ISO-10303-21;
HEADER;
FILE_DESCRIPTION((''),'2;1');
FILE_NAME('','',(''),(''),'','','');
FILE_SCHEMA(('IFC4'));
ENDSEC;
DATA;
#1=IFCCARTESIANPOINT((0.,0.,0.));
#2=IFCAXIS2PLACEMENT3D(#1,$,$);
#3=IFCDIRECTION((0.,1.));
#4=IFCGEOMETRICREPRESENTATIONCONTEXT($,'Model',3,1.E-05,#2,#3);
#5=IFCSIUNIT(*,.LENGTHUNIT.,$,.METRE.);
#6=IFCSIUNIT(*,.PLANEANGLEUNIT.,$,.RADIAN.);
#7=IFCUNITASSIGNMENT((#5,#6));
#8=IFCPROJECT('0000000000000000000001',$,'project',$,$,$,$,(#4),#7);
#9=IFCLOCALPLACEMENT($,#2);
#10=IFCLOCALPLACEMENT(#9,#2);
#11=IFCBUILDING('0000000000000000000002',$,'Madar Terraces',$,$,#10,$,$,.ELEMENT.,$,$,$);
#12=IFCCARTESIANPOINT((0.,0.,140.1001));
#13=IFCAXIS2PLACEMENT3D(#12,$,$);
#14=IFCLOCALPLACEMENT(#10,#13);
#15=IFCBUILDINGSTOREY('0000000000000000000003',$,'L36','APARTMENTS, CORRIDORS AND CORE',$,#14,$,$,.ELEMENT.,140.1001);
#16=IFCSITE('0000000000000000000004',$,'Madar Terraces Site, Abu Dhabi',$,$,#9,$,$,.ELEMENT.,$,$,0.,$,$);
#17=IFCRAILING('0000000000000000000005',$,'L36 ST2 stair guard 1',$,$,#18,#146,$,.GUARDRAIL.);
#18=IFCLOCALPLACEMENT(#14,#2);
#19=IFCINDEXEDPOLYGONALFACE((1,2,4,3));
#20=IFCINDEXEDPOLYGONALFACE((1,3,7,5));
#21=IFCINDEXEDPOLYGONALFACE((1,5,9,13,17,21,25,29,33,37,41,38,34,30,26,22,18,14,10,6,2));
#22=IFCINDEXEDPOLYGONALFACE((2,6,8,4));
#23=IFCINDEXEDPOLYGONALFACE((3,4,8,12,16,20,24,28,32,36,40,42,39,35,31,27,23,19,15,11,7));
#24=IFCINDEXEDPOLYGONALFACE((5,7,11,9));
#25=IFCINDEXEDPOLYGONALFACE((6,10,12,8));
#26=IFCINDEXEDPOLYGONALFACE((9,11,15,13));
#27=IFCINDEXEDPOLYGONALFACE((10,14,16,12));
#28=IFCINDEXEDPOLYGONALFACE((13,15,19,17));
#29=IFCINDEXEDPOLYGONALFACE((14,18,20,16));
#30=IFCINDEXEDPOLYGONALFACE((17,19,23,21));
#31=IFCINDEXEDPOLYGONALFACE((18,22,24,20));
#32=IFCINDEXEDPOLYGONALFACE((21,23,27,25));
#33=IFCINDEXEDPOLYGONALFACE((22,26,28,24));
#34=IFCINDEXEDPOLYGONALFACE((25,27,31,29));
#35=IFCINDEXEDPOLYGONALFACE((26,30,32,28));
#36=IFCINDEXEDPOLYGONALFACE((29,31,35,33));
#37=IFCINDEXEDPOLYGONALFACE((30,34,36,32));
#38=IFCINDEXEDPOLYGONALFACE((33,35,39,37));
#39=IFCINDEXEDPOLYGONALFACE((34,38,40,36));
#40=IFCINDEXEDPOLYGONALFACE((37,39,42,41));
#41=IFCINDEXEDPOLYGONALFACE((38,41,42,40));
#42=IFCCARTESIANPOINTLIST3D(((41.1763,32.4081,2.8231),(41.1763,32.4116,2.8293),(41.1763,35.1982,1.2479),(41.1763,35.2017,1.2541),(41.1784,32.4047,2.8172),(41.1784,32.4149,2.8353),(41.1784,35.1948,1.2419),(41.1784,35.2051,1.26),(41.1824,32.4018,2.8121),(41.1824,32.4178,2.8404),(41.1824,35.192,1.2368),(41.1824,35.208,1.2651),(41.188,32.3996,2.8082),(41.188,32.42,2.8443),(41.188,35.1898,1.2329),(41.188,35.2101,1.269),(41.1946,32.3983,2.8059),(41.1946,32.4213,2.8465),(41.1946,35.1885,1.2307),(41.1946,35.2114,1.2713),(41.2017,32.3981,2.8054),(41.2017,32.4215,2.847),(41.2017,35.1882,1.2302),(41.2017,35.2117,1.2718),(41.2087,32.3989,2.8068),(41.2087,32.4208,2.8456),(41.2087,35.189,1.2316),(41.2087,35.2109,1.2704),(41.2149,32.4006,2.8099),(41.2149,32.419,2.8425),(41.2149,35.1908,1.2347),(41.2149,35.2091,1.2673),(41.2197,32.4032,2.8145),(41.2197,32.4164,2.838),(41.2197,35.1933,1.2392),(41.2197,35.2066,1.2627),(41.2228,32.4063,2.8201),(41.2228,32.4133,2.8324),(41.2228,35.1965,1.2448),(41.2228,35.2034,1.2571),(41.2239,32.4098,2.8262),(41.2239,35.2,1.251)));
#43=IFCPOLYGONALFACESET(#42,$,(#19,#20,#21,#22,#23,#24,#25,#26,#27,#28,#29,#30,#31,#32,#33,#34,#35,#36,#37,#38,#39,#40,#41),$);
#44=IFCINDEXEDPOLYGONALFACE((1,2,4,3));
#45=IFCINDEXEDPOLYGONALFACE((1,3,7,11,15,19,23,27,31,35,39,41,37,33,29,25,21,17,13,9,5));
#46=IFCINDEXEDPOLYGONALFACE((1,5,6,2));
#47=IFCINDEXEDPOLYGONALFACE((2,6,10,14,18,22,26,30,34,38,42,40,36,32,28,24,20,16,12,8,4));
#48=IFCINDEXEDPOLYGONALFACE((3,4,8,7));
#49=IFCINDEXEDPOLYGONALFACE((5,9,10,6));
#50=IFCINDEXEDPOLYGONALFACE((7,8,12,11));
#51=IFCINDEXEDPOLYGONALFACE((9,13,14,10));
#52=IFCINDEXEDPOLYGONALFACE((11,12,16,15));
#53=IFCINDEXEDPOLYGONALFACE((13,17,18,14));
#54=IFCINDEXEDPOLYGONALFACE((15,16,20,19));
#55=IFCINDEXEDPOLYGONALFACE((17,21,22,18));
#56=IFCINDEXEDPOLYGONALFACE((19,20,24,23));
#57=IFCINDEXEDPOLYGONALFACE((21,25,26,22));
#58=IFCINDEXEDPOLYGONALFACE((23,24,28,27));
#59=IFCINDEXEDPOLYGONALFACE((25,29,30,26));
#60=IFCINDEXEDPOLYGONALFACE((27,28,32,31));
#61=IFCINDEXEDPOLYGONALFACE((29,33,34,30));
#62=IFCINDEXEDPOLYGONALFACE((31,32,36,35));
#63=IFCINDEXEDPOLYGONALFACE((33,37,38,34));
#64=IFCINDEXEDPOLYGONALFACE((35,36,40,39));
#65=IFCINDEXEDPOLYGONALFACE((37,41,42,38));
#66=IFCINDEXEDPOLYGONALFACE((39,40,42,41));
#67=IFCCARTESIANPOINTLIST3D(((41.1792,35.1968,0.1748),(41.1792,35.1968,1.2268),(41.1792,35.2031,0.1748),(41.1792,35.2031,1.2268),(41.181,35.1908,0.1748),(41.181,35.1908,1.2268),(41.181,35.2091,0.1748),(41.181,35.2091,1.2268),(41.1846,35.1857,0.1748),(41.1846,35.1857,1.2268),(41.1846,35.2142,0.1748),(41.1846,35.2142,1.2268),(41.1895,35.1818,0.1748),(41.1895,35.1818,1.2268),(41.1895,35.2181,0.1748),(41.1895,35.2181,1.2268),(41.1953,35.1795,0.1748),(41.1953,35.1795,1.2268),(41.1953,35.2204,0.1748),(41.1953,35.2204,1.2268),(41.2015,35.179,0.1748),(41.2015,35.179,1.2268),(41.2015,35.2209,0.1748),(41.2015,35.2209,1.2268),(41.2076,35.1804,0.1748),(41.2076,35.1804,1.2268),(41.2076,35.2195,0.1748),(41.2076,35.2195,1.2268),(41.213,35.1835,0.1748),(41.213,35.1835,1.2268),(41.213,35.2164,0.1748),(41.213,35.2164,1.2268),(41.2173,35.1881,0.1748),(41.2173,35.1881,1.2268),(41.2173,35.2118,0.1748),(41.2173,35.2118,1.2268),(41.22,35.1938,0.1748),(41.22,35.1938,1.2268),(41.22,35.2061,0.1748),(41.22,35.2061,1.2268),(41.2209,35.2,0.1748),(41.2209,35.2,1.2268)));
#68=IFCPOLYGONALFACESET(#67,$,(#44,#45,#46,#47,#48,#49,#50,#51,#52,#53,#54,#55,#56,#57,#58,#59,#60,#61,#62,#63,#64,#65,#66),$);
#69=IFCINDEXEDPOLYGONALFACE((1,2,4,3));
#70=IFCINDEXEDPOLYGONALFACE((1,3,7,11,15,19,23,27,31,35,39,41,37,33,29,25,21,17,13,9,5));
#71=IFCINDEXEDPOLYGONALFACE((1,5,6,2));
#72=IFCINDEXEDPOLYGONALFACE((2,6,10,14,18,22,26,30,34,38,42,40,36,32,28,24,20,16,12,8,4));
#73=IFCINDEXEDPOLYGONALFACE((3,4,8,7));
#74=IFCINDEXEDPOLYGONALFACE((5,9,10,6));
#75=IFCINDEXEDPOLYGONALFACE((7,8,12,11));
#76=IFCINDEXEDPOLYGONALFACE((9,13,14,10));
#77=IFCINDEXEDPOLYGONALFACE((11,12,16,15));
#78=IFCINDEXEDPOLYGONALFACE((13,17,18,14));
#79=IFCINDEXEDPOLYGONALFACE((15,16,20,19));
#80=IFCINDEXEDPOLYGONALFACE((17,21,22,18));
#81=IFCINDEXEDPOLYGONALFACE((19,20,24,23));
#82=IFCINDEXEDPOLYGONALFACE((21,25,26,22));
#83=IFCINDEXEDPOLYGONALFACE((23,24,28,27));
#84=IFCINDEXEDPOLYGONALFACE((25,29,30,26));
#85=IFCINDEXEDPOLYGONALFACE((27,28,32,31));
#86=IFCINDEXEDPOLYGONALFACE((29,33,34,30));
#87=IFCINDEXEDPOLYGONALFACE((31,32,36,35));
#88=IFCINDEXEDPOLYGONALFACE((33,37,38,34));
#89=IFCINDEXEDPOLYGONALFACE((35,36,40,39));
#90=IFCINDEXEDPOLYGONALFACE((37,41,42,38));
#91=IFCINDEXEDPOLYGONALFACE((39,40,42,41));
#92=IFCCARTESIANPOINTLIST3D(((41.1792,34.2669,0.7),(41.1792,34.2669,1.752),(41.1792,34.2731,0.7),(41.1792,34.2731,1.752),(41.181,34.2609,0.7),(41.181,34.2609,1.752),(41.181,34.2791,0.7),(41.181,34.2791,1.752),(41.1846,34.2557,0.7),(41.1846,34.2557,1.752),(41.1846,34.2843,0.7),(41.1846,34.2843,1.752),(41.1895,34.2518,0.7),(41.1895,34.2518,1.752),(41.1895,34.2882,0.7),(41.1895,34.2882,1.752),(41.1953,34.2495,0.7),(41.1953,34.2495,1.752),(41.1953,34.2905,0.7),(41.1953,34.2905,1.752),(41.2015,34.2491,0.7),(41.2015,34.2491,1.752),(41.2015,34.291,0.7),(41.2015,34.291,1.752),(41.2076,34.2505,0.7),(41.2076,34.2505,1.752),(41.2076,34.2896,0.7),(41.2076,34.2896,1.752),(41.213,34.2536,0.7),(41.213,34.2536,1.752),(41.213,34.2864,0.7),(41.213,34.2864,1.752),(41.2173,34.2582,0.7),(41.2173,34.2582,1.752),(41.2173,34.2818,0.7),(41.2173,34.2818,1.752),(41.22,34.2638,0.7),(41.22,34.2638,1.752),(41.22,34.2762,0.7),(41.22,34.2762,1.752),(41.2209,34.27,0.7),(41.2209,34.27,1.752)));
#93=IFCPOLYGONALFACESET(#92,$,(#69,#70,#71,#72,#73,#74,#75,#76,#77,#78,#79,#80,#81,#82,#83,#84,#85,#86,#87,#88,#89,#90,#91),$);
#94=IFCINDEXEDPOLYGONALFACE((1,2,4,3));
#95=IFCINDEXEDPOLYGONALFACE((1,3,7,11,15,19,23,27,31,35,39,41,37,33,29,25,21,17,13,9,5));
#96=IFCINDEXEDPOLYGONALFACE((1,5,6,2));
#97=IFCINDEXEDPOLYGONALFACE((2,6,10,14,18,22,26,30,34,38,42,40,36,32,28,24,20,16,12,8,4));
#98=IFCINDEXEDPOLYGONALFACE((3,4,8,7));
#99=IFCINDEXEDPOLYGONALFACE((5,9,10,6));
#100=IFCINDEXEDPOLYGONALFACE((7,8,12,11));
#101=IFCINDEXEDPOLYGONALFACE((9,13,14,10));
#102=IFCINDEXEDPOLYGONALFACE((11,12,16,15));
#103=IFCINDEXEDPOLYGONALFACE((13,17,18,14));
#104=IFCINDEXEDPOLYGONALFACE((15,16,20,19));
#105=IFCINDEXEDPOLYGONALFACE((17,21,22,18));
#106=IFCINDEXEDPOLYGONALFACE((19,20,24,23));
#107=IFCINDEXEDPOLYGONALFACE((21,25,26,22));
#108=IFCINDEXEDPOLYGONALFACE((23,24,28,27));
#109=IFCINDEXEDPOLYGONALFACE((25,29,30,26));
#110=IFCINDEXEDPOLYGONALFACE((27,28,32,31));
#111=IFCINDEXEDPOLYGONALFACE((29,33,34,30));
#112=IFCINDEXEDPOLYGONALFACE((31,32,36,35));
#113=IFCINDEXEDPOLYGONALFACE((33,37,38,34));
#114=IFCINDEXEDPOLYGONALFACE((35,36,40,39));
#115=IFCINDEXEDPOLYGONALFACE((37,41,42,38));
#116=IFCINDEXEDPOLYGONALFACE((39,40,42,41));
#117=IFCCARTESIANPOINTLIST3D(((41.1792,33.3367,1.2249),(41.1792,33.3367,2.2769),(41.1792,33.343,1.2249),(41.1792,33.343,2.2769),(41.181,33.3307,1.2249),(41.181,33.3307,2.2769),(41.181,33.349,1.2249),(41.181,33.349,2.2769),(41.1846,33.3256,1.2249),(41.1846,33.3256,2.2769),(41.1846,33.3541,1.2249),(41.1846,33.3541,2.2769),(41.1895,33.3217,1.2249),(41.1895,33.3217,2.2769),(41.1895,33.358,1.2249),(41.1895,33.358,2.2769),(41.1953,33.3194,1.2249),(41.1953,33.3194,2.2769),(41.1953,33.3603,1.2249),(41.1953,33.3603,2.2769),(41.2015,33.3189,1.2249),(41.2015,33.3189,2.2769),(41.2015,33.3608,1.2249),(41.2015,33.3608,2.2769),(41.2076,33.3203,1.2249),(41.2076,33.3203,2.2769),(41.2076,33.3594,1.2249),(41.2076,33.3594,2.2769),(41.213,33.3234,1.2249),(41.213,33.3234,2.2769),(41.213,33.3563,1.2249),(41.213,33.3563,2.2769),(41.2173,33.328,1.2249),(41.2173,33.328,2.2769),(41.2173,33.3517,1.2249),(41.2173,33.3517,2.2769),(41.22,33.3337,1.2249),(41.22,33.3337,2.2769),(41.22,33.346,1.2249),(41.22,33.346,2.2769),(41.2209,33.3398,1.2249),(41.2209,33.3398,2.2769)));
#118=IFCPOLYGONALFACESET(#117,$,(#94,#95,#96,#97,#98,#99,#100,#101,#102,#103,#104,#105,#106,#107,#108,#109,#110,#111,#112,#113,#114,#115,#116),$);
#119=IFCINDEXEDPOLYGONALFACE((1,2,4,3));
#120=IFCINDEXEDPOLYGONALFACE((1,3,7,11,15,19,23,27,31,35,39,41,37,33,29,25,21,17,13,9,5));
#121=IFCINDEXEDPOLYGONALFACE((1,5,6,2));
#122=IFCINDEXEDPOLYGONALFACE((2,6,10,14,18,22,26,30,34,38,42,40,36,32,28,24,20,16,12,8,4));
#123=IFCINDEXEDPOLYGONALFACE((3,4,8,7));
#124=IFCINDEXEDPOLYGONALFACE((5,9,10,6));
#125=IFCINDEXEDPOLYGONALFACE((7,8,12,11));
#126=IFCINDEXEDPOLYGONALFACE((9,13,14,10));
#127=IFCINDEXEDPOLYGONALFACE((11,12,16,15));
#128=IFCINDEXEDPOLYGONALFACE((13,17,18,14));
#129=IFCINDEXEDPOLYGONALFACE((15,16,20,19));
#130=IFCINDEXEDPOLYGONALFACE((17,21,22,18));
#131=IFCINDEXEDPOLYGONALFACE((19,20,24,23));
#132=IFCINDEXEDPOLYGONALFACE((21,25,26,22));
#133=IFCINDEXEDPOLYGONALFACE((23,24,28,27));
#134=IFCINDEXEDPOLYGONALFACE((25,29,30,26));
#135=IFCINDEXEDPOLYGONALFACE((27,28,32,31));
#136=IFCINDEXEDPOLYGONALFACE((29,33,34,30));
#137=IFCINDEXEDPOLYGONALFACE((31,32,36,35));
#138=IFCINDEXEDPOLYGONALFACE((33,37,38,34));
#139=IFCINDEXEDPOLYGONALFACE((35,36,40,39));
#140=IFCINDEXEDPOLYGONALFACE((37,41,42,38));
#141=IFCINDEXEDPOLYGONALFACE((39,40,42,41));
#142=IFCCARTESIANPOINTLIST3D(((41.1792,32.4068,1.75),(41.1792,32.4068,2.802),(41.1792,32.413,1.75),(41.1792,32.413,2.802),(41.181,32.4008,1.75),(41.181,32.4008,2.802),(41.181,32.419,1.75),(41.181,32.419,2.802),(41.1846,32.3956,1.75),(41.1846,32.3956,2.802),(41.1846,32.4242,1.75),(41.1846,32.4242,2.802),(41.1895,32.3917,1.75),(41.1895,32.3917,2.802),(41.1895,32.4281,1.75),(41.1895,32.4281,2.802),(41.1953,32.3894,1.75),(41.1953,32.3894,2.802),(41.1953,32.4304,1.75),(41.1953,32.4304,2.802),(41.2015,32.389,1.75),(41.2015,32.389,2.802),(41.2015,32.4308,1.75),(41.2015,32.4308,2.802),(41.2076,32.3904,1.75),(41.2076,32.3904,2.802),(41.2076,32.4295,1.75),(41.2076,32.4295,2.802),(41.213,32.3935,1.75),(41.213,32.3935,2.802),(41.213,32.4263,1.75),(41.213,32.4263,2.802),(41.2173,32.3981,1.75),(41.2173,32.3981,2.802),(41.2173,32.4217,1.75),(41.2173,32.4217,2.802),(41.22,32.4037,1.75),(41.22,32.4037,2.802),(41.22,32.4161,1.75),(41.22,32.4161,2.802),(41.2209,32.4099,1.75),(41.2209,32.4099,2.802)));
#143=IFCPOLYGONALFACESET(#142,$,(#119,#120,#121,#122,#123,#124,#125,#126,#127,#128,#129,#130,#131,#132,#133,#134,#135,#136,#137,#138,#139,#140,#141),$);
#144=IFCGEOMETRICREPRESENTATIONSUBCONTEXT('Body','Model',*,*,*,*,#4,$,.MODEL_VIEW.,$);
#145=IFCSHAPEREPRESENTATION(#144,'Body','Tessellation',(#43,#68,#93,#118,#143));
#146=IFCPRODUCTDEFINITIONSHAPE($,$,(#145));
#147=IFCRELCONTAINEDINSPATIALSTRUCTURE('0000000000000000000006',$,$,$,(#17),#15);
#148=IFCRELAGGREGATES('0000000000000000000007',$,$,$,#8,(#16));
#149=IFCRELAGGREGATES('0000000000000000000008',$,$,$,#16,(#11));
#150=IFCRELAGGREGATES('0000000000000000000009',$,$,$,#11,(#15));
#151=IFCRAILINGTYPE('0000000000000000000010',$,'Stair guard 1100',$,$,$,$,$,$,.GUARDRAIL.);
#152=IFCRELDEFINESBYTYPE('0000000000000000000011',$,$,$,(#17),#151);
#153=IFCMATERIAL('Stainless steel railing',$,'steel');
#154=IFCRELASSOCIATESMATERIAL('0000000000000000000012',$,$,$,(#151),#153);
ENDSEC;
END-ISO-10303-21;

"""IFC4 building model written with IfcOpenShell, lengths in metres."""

from ifc_helpers import new_model, si_unit, direction, frame, origin, origin_2d, place, context, subcontext, project, spatial, circle, extrude, material, type_object, element, save


model = new_model("IFC4")

# Units and contexts
model_context = context("Model", 3, precision=1e-05, world=origin(), true_north=direction((0.0, 1.0)))
body_context = subcontext(model_context, "Body", "Model", "MODEL_VIEW")
ifc_project = project(units=[si_unit("LENGTHUNIT", "METRE"), si_unit("PLANEANGLEUNIT", "RADIAN")], contexts=[model_context])

# Site, building, storey
site_placement = place(None, origin())
site = spatial("IfcSite", under=ifc_project, at=site_placement, Name="Madar Terraces Site, Abu Dhabi", CompositionType="ELEMENT", RefElevation=0.0)
building_placement = place(site_placement, origin())
building = spatial("IfcBuilding", under=site, at=building_placement, Name="Madar Terraces", CompositionType="ELEMENT")
storey_placement = place(building_placement, frame((0.0, 0.0, 140.1001)))
storey = spatial("IfcBuildingStorey", under=building, at=storey_placement, Name="L36", Description="APARTMENTS, CORRIDORS AND CORE", CompositionType="ELEMENT", Elevation=140.1001)

# Railing
ifc_material_1 = material(Name="Stainless steel railing", Category="steel")
railing_type_1 = type_object("IfcRailingType", Name="Stair guard 1100", PredefinedType="GUARDRAIL", material=ifc_material_1)
railing_1_placement = place(storey_placement, frame((41.2, 35.2, 0.1748)))
element("IfcRailing", 1, at=railing_1_placement, inside=storey, type_object=railing_type_1, Name="L36 ST2 stair guard 1", PredefinedType="GUARDRAIL", context=body_context, shape_type="SweptSolid", body=[
    extrude(circle(Radius=0.0239, at=origin_2d()), frame((0.0, 0.0, 1.0762), z_axis=(0.0, -0.870801, 0.491635), x_axis=(1.0, 0.0, 0.0)), (0.0, 0.0, 1.0), 3.2041),
    extrude(circle(Radius=0.021, at=origin_2d()), origin(), (0.0, 0.0, 1.0), 1.052),
    extrude(circle(Radius=0.021, at=origin_2d()), frame((0.0, -0.9299, 0.5251)), (0.0, 0.0, 1.0), 1.052),
    extrude(circle(Radius=0.021, at=origin_2d()), frame((0.0, -1.8601, 1.05)), (0.0, 0.0, 1.0), 1.052),
    extrude(circle(Radius=0.021, at=origin_2d()), frame((0.0, -2.79, 1.5752)), (0.0, 0.0, 1.0), 1.052),
])

save(model, "model.ifc")
